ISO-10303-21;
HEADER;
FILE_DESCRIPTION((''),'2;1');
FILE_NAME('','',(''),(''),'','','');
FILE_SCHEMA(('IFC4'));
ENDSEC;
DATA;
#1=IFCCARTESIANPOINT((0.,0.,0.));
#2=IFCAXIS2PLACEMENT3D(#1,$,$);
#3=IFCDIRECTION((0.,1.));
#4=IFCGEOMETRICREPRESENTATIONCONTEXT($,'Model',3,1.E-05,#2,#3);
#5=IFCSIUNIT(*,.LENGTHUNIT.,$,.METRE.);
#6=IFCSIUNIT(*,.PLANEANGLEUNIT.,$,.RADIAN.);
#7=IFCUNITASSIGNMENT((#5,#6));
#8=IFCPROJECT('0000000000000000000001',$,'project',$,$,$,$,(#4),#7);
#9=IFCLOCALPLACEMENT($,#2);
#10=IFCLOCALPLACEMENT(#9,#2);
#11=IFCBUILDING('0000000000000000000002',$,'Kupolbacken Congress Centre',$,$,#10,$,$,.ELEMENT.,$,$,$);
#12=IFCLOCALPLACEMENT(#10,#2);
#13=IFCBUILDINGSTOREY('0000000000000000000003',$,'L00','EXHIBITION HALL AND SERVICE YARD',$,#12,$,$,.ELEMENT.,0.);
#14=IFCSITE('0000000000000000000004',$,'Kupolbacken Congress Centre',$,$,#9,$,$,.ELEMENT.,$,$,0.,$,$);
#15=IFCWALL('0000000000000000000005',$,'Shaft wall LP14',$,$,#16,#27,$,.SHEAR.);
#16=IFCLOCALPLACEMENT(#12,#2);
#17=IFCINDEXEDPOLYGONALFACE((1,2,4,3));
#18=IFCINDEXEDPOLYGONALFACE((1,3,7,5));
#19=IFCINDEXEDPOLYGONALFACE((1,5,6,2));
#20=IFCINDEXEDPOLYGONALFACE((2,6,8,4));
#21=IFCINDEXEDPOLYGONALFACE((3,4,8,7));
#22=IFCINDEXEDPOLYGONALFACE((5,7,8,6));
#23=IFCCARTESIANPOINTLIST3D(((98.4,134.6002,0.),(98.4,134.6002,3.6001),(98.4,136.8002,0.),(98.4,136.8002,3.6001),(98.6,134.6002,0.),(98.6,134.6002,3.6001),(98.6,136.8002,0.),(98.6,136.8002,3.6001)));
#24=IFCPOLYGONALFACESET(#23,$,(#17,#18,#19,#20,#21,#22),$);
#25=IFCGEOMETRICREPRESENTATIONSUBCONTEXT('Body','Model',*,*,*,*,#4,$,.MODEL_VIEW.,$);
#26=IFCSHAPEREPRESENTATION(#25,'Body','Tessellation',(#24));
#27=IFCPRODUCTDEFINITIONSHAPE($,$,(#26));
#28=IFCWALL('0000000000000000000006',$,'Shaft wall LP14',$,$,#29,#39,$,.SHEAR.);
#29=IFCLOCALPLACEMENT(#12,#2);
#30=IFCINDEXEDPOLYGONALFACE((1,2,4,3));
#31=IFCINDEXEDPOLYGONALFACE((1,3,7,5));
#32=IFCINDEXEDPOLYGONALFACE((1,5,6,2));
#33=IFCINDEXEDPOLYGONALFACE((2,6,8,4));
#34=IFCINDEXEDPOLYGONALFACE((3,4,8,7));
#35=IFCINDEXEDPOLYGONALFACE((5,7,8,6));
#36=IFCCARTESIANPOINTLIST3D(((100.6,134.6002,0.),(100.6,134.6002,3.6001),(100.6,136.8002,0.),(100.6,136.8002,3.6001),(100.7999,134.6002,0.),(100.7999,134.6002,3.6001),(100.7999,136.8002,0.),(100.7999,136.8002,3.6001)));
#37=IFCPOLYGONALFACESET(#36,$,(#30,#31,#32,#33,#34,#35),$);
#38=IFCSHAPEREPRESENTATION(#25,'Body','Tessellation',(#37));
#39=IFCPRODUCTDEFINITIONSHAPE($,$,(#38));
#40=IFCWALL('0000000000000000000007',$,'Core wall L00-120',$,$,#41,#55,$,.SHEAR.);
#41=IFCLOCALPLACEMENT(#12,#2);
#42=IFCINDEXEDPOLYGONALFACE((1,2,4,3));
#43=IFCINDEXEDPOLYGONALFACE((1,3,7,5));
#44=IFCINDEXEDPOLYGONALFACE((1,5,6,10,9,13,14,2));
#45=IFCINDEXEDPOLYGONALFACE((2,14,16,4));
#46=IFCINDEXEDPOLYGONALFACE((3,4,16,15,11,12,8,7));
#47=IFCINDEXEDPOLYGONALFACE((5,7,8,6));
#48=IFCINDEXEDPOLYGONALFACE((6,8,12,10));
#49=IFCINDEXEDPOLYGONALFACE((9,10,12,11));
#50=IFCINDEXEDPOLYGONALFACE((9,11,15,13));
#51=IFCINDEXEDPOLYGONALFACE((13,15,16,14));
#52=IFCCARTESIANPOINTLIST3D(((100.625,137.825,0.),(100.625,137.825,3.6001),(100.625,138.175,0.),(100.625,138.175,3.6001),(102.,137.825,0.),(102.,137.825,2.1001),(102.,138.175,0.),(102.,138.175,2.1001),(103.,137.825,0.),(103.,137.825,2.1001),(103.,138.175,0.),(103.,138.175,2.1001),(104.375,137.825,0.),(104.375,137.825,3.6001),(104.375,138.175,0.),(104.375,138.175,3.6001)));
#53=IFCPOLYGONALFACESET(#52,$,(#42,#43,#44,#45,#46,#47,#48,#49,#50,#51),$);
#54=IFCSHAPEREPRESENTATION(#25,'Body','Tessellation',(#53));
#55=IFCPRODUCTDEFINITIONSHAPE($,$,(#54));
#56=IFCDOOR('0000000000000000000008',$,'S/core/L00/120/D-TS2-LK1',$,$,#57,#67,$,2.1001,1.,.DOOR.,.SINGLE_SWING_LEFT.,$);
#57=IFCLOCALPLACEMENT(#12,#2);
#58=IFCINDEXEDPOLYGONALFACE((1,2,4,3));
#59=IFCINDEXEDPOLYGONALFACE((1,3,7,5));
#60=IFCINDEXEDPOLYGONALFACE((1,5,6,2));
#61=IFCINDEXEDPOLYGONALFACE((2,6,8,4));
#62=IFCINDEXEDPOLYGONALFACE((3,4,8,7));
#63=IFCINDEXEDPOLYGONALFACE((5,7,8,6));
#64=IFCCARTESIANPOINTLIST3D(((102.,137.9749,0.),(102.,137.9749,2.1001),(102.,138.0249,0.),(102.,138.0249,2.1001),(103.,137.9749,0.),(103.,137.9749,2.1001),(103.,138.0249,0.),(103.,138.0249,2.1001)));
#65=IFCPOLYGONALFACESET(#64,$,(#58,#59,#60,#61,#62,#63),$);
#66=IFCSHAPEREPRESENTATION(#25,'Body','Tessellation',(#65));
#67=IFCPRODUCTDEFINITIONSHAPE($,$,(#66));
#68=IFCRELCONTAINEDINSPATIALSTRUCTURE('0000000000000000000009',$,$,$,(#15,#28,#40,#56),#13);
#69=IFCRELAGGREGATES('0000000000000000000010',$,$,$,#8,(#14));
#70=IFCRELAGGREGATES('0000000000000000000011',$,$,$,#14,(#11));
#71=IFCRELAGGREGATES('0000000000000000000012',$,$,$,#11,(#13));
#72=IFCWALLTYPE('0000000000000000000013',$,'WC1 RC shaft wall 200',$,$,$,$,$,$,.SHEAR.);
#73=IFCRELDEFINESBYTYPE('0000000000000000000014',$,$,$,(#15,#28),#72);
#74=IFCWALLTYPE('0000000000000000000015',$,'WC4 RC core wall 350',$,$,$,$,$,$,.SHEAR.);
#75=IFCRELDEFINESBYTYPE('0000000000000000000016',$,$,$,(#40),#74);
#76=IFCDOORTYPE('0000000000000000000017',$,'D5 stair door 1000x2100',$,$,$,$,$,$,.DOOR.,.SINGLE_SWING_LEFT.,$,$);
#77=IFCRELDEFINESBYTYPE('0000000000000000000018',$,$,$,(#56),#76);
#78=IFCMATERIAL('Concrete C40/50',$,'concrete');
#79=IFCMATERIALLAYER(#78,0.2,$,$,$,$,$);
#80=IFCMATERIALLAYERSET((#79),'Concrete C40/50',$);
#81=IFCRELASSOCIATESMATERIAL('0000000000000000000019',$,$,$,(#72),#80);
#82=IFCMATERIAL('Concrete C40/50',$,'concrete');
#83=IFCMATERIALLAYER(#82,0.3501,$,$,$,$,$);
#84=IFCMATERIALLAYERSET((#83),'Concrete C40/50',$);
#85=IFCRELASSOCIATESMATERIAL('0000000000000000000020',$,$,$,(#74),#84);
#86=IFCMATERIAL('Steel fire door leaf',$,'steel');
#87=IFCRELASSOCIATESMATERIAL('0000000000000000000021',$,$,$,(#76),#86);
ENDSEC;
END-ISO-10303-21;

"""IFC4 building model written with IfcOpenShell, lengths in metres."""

from ifc_helpers import new_model, si_unit, direction, frame, frame_2d, origin, place, context, subcontext, project, spatial, rectangle, extrude, material, layer, layer_set, type_object, element, fill, save


model = new_model("IFC4")

# Units and contexts
model_context = context("Model", 3, precision=1e-05, world=origin(), true_north=direction((0.0, 1.0)))
body_context = subcontext(model_context, "Body", "Model", "MODEL_VIEW")
ifc_project = project(units=[si_unit("LENGTHUNIT", "METRE"), si_unit("PLANEANGLEUNIT", "RADIAN")], contexts=[model_context])

# Site, building, storey
site_placement = place(None, origin())
site = spatial("IfcSite", under=ifc_project, at=site_placement, Name="Kupolbacken Congress Centre", CompositionType="ELEMENT", RefElevation=0.0)
building_placement = place(site_placement, origin())
building = spatial("IfcBuilding", under=site, at=building_placement, Name="Kupolbacken Congress Centre", CompositionType="ELEMENT")
storey_placement = place(building_placement, origin())
storey = spatial("IfcBuildingStorey", under=building, at=storey_placement, Name="L00", Description="EXHIBITION HALL AND SERVICE YARD", CompositionType="ELEMENT", Elevation=0.0)

# Walls
ifc_material_1 = material(Name="Concrete C40/50", Category="concrete")
ifc_layer_1 = layer(ifc_material_1, 0.2)
ifc_layer_set_1 = layer_set([ifc_layer_1], Name="Concrete C40/50")
wall_type_1 = type_object("IfcWallType", Name="WC1 RC shaft wall 200", PredefinedType="SHEAR", material=ifc_layer_set_1)
for number, where, z_axis, x_axis, name in (
    (1, (98.5, 134.6001, 0.0), (0.0, 0.0, 1.0), (0.0, 1.0, 0.0), "Shaft wall LP14"),
    (2, (100.7, 134.6001, 0.0), (0.0, 0.0, 1.0), (0.0, 1.0, 0.0), "Shaft wall LP14"),
):
    element("IfcWall", number, at=place(storey_placement, frame(where, z_axis=z_axis, x_axis=x_axis)), inside=storey, type_object=wall_type_1, Name=name, PredefinedType="SHEAR", context=body_context, shape_type="SweptSolid", body=[
        extrude(rectangle(XDim=2.2, YDim=0.2, at=frame_2d((1.1001, 0.0))), origin(), (0.0, 0.0, 1.0), 3.6001),
    ])

# Wall, opening, door
ifc_material_2 = material(Name="Concrete C40/50", Category="concrete")
ifc_layer_2 = layer(ifc_material_2, 0.3501)
ifc_layer_set_2 = layer_set([ifc_layer_2], Name="Concrete C40/50")
wall_type_2 = type_object("IfcWallType", Name="WC4 RC core wall 350", PredefinedType="SHEAR", material=ifc_layer_set_2)
wall_placement = place(storey_placement, frame((100.625, 138.0, 0.0), z_axis=(0.0, 0.0, 1.0), x_axis=(1.0, 0.0, 0.0)))
wall = element("IfcWall", 3, at=wall_placement, inside=storey, type_object=wall_type_2, Name="Core wall L00-120", PredefinedType="SHEAR", context=body_context, shape_type="SweptSolid", body=[
    extrude(rectangle(XDim=3.75, YDim=0.3501, at=frame_2d((1.875, 0.0))), origin(), (0.0, 0.0, 1.0), 3.6001),
])
opening_placement = place(wall_placement, frame((1.375, 0.0, 0.0)))
opening = element("IfcOpeningElement", 4, at=opening_placement, cuts=wall, PredefinedType="OPENING", context=body_context, shape_type="SweptSolid", body=[
    extrude(rectangle(XDim=1.0, YDim=2.1001, at=frame_2d((0.5, 1.05))), frame((0.0, 0.1851, 0.0), z_axis=(0.0, -1.0, 0.0), x_axis=(1.0, 0.0, 0.0)), (0.0, 0.0, 1.0), 0.3701),
])
ifc_material_3 = material(Name="Steel fire door leaf", Category="steel")
door_type = type_object("IfcDoorType", Name="D5 stair door 1000x2100", OperationType="SINGLE_SWING_LEFT", PredefinedType="DOOR", material=ifc_material_3)
door_placement = place(opening_placement, origin())
door = element("IfcDoor", 5, at=door_placement, inside=storey, type_object=door_type, Name="S/core/L00/120/D-TS2-LK1", OperationType="SINGLE_SWING_LEFT", OverallHeight=2.1001, OverallWidth=1.0, PredefinedType="DOOR", context=body_context, shape_type="SweptSolid", body=[
    extrude(rectangle(XDim=1.0, YDim=2.1001, at=frame_2d((0.5, 1.05))), frame((0.0, 0.0249, 0.0), z_axis=(0.0, -1.0, 0.0), x_axis=(1.0, 0.0, 0.0)), (0.0, 0.0, 1.0), 0.05),
])
fill(opening, door)

save(model, "model.ifc")
